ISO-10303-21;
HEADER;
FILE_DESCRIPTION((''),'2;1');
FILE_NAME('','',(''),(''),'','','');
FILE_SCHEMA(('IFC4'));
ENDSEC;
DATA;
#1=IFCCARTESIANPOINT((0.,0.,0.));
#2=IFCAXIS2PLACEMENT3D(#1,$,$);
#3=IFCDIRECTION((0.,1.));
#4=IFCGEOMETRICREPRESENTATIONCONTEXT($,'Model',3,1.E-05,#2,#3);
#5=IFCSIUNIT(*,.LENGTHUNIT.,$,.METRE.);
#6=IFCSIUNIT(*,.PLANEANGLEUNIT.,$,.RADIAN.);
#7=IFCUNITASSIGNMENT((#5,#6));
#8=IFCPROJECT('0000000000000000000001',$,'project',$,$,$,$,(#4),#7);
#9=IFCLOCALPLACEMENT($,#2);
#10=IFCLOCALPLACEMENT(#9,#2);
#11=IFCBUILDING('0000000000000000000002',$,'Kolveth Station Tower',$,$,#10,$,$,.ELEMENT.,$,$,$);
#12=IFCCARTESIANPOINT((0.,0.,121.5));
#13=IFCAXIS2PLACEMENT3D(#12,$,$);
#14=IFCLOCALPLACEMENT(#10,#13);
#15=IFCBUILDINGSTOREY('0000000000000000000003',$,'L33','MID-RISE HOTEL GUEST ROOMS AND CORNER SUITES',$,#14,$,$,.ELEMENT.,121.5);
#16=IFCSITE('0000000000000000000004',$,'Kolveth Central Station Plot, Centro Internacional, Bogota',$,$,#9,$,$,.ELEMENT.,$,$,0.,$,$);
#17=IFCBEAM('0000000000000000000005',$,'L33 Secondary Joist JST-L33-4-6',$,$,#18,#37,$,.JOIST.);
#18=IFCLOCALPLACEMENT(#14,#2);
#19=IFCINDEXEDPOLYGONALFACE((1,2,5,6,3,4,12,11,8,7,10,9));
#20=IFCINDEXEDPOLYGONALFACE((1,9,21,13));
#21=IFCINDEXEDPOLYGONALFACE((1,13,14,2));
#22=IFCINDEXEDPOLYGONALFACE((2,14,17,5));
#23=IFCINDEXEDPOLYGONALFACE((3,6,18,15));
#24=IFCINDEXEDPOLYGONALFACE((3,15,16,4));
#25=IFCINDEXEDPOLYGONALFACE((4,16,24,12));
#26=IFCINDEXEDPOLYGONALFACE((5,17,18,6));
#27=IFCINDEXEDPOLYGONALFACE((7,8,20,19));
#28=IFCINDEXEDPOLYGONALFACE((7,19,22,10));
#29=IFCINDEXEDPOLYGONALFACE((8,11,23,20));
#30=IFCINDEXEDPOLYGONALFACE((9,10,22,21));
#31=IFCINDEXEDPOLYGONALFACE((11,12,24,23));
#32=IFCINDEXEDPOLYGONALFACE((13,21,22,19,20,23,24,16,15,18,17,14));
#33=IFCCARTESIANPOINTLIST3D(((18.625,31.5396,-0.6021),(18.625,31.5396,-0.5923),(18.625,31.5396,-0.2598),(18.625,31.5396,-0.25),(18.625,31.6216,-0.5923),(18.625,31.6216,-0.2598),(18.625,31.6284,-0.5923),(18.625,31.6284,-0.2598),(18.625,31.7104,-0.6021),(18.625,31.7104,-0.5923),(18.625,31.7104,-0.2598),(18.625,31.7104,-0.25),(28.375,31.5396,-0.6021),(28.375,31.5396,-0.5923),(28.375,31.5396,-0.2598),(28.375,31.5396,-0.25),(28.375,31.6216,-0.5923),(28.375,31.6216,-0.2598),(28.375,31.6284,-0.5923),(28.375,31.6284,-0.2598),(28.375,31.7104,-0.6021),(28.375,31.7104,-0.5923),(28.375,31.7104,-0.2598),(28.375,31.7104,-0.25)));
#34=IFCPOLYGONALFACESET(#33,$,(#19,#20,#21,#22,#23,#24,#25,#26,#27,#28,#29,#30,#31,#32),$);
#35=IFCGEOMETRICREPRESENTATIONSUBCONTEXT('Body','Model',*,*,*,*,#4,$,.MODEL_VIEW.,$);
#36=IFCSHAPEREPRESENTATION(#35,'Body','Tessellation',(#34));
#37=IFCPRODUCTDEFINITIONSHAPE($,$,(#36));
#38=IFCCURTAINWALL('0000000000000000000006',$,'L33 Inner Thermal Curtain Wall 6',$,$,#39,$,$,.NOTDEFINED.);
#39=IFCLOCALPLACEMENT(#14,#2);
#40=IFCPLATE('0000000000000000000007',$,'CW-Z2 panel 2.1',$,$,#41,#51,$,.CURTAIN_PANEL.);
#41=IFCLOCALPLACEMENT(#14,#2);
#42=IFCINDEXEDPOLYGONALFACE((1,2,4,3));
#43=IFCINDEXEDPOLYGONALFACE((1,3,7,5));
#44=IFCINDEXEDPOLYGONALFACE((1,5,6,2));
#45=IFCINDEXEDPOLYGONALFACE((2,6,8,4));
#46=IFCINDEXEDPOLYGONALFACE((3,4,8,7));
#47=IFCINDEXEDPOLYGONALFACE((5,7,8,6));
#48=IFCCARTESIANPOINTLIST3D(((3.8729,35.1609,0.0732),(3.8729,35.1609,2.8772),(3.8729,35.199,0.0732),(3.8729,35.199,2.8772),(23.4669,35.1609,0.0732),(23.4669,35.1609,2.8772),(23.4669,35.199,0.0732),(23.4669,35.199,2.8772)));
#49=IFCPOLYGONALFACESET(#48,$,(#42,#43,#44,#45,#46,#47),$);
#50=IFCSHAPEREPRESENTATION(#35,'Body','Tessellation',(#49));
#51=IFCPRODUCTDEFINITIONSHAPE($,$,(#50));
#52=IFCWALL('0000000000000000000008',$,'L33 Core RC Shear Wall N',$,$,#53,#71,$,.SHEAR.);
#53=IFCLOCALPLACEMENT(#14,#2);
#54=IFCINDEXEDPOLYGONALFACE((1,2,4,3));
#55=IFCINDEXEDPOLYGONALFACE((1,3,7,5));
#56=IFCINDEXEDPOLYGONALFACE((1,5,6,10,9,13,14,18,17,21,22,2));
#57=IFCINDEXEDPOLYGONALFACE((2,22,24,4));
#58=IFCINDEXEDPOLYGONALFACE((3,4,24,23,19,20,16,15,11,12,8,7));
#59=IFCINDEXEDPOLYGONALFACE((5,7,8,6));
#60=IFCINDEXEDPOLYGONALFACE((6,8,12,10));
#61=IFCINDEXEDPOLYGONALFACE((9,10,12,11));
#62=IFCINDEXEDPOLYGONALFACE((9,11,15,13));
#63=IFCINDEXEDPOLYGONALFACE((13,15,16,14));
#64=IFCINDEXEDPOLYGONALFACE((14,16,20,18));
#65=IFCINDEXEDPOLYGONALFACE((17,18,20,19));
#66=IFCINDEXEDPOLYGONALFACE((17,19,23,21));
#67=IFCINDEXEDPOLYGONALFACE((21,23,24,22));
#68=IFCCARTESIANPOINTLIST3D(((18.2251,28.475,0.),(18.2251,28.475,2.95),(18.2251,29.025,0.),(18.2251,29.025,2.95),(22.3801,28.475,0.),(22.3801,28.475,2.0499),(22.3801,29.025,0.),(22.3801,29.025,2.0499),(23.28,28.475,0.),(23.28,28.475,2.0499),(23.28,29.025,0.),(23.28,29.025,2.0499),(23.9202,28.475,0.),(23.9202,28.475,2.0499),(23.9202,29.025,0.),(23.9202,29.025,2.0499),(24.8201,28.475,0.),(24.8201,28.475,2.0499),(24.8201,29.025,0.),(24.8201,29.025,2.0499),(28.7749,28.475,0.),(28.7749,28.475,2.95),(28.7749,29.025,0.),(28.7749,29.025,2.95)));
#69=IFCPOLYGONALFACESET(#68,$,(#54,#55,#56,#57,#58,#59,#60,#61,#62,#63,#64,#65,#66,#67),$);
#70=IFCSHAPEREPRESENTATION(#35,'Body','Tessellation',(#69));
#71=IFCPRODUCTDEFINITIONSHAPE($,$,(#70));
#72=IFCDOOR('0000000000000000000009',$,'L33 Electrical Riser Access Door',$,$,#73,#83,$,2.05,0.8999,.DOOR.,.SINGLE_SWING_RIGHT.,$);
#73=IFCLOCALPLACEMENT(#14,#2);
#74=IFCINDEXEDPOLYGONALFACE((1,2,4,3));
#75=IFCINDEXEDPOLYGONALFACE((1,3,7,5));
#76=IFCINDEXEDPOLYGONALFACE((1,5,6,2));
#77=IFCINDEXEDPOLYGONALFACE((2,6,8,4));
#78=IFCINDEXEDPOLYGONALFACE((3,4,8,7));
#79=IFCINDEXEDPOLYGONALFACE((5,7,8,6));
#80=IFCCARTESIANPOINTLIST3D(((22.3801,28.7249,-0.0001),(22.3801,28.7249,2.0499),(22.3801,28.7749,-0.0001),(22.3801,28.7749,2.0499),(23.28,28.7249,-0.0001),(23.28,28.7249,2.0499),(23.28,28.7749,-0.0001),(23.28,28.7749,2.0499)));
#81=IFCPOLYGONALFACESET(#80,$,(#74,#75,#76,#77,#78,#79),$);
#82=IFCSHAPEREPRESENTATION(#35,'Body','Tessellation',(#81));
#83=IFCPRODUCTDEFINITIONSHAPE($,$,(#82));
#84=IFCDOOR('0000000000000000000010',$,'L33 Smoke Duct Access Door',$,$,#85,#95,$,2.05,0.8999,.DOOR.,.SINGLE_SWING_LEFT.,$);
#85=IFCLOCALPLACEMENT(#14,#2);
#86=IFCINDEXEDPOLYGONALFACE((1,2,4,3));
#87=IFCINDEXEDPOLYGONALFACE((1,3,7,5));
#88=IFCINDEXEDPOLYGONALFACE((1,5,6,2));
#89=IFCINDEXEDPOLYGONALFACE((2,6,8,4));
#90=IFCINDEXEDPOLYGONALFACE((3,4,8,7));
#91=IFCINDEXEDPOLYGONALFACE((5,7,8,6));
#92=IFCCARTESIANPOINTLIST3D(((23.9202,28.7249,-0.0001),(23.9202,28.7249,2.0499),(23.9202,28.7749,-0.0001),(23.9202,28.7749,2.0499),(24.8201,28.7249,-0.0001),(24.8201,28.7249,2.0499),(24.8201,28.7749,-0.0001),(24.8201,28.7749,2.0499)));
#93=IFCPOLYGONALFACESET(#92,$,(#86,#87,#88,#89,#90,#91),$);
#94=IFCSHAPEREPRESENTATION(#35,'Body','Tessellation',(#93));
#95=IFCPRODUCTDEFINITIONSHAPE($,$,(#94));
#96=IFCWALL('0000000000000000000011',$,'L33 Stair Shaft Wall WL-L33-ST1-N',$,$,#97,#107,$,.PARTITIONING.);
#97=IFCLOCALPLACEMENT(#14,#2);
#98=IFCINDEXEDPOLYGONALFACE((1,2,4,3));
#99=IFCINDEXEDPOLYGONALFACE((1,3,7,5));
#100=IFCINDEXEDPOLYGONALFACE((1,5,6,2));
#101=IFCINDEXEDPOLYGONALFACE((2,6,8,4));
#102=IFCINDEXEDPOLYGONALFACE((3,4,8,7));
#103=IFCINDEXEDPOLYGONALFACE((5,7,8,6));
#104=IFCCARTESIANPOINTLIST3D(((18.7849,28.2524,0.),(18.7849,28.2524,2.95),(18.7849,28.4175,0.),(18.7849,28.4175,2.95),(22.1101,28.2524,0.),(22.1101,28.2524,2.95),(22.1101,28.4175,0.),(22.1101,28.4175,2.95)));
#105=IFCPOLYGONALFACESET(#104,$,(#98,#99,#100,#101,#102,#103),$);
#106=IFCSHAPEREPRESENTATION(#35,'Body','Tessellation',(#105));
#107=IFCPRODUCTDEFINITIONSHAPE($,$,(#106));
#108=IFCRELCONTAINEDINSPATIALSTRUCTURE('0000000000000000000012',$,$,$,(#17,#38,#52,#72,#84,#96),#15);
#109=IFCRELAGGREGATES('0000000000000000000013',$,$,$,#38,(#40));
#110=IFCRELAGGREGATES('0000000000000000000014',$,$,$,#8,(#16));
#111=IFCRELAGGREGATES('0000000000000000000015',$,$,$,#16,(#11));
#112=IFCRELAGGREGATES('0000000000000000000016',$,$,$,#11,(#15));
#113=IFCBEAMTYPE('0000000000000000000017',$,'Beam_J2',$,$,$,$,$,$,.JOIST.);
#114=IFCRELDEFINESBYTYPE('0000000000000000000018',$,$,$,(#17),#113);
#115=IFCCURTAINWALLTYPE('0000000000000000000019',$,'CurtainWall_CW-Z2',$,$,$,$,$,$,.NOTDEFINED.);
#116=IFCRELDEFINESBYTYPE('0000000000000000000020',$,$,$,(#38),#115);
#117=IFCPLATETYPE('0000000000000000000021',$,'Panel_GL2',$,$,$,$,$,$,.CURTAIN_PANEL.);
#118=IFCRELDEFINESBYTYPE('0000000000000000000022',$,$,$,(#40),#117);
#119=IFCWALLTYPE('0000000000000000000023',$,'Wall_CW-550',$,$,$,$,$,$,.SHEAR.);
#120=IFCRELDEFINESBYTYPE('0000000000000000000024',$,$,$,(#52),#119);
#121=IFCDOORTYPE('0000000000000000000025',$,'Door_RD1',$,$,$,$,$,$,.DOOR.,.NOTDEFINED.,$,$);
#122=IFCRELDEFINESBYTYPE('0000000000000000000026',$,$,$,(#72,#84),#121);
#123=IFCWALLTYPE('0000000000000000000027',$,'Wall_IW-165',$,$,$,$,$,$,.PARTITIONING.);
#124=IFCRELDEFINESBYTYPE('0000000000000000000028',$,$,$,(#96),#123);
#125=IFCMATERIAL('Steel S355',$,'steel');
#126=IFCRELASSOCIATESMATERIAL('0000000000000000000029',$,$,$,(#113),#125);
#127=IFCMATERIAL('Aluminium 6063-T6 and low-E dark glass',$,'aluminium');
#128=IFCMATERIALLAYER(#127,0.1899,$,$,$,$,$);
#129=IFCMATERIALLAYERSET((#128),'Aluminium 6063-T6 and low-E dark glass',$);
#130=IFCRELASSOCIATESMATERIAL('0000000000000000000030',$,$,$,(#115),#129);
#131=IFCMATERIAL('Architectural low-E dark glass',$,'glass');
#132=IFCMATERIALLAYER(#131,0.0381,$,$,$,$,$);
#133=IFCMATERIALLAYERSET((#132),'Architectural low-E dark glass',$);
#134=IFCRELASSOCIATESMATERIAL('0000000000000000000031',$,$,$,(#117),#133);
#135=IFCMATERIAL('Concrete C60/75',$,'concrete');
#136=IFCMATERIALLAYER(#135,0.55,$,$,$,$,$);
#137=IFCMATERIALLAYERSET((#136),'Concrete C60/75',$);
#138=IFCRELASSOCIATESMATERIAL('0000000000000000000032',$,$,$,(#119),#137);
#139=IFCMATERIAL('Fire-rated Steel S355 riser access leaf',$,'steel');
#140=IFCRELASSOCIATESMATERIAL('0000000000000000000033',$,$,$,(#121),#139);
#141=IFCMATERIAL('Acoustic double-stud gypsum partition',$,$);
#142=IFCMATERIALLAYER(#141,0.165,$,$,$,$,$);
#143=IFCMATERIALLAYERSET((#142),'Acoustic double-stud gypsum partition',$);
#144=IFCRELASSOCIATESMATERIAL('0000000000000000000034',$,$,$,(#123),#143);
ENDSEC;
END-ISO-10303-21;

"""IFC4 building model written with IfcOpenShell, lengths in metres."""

from ifc_helpers import new_model, si_unit, direction, frame, frame_2d, origin, origin_2d, place, context, subcontext, project, spatial, rectangle, i_section, extrude, source, transform, mapped, material, layer, layer_set, material_profile, profile_set, type_object, element, fill, aggregate, save


model = new_model("IFC4")

# Units and contexts
model_context = context("Model", 3, precision=1e-05, world=origin(), true_north=direction((0.0, 1.0)))
body_context = subcontext(model_context, "Body", "Model", "MODEL_VIEW")
ifc_project = project(units=[si_unit("LENGTHUNIT", "METRE"), si_unit("PLANEANGLEUNIT", "RADIAN")], contexts=[model_context])

# Site, building, storey
site_placement = place(None, origin())
site = spatial("IfcSite", under=ifc_project, at=site_placement, Name="Kolveth Central Station Plot, Centro Internacional, Bogota", CompositionType="ELEMENT", RefElevation=0.0)
building_placement = place(site_placement, origin())
building = spatial("IfcBuilding", under=site, at=building_placement, Name="Kolveth Station Tower", CompositionType="ELEMENT")
storey_placement = place(building_placement, frame((0.0, 0.0, 121.5)))
storey = spatial("IfcBuildingStorey", under=building, at=storey_placement, Name="L33", Description="MID-RISE HOTEL GUEST ROOMS AND CORNER SUITES", CompositionType="ELEMENT", Elevation=121.5)

# Shared definitions
ifc_material_1 = material(Name="Steel S355", Category="steel")

# Beam
ifc_material_profile_1 = material_profile(ifc_material_1, i_section(OverallWidth=0.1709, OverallDepth=0.3521, WebThickness=0.0068, FlangeThickness=0.0098, at=origin_2d()), Name="W360x44")
ifc_profile_set_1 = profile_set([ifc_material_profile_1], Name="Steel S355")
beam_type_1 = type_object("IfcBeamType", Name="Beam_J2", PredefinedType="JOIST", material=ifc_profile_set_1)
shared_shape_1 = source(origin(), body_context, "Body", "SweptSolid", [
    extrude(i_section(OverallWidth=0.1709, OverallDepth=0.3521, WebThickness=0.0068, FlangeThickness=0.0098, at=origin_2d()), origin(), (0.0, 0.0, 1.0), 9.75),
])
beam_1_placement = place(storey_placement, frame((18.625, 31.625, -0.426), z_axis=(1.0, 0.0, 0.0), x_axis=(0.0, 1.0, 0.0)))
element("IfcBeam", 1, at=beam_1_placement, inside=storey, type_object=beam_type_1, Name="L33 Secondary Joist JST-L33-4-6", PredefinedType="JOIST", context=body_context, shape_type="MappedRepresentation", body=[
    mapped(shared_shape_1, transform((0.0, 0.0, 0.0), x_axis=(1.0, 0.0, 0.0), y_axis=(0.0, 1.0, 0.0), z_axis=(0.0, 0.0, 1.0), scale=1.0)),
])

# Curtain wall, plate
ifc_material_2 = material(Name="Aluminium 6063-T6 and low-E dark glass", Category="aluminium")
ifc_layer_1 = layer(ifc_material_2, 0.1899)
ifc_layer_set_1 = layer_set([ifc_layer_1], Name="Aluminium 6063-T6 and low-E dark glass")
curtain_wall_type = type_object("IfcCurtainWallType", Name="CurtainWall_CW-Z2", PredefinedType="NOTDEFINED", material=ifc_layer_set_1)
curtain_wall_placement = place(storey_placement, origin())
curtain_wall = element("IfcCurtainWall", 2, at=curtain_wall_placement, inside=storey, type_object=curtain_wall_type, Name="L33 Inner Thermal Curtain Wall 6", PredefinedType="NOTDEFINED")
ifc_material_3 = material(Name="Architectural low-E dark glass", Category="glass")
ifc_layer_2 = layer(ifc_material_3, 0.0381)
ifc_layer_set_2 = layer_set([ifc_layer_2], Name="Architectural low-E dark glass")
plate_type = type_object("IfcPlateType", Name="Panel_GL2", PredefinedType="CURTAIN_PANEL", material=ifc_layer_set_2)
shared_shape_2 = source(origin(), body_context, "Body", "SweptSolid", [
    extrude(rectangle(XDim=19.594, YDim=0.0381, at=origin_2d()), origin(), (0.0, 0.0, 1.0), 2.804),
])
plate_placement = place(storey_placement, frame((13.6699, 35.1799, 0.0732), z_axis=(0.0, 0.0, 1.0), x_axis=(-1.0, 0.0, 0.0)))
plate = element("IfcPlate", 3, at=plate_placement, type_object=plate_type, Name="CW-Z2 panel 2.1", PredefinedType="CURTAIN_PANEL", context=body_context, shape_type="MappedRepresentation", body=[
    mapped(shared_shape_2, transform((0.0, 0.0, 0.0), x_axis=(1.0, 0.0, 0.0), y_axis=(0.0, 1.0, 0.0), z_axis=(0.0, 0.0, 1.0), scale=1.0)),
])
aggregate(curtain_wall, [plate])

# Wall, openings, doors
ifc_material_4 = material(Name="Concrete C60/75", Category="concrete")
ifc_layer_3 = layer(ifc_material_4, 0.55)
ifc_layer_set_3 = layer_set([ifc_layer_3], Name="Concrete C60/75")
wall_type_1 = type_object("IfcWallType", Name="Wall_CW-550", PredefinedType="SHEAR", material=ifc_layer_set_3)
wall_1_placement = place(storey_placement, frame((18.2251, 28.75, 0.0), z_axis=(0.0, 0.0, 1.0), x_axis=(1.0, 0.0, 0.0)))
wall_1 = element("IfcWall", 4, at=wall_1_placement, inside=storey, type_object=wall_type_1, Name="L33 Core RC Shear Wall N", PredefinedType="SHEAR", context=body_context, shape_type="SweptSolid", body=[
    extrude(rectangle(XDim=10.5498, YDim=0.55, at=frame_2d((5.2749, 0.0))), origin(), (0.0, 0.0, 1.0), 2.95),
])
opening_1_placement = place(wall_1_placement, frame((4.155, 0.0, 0.0)))
opening_1 = element("IfcOpeningElement", 5, at=opening_1_placement, cuts=wall_1, PredefinedType="OPENING", context=body_context, shape_type="SweptSolid", body=[
    extrude(rectangle(XDim=0.8999, YDim=2.05, at=frame_2d((0.45, 1.0249))), frame((0.0, 0.2849, 0.0), z_axis=(0.0, -1.0, 0.0), x_axis=(1.0, 0.0, 0.0)), (0.0, 0.0, 1.0), 0.5701),
])
opening_2_placement = place(wall_1_placement, frame((5.6951, 0.0, 0.0)))
opening_2 = element("IfcOpeningElement", 6, at=opening_2_placement, cuts=wall_1, PredefinedType="OPENING", context=body_context, shape_type="SweptSolid", body=[
    extrude(rectangle(XDim=0.8999, YDim=2.05, at=frame_2d((0.45, 1.0249))), frame((0.0, 0.2849, 0.0), z_axis=(0.0, -1.0, 0.0), x_axis=(1.0, 0.0, 0.0)), (0.0, 0.0, 1.0), 0.5701),
])
ifc_material_5 = material(Name="Fire-rated Steel S355 riser access leaf", Category="steel")
door_type_1 = type_object("IfcDoorType", Name="Door_RD1", OperationType="NOTDEFINED", PredefinedType="DOOR", material=ifc_material_5)
door_1_placement = place(opening_1_placement, origin())
door_1 = element("IfcDoor", 7, at=door_1_placement, inside=storey, type_object=door_type_1, Name="L33 Electrical Riser Access Door", OperationType="SINGLE_SWING_RIGHT", OverallHeight=2.05, OverallWidth=0.8999, PredefinedType="DOOR", context=body_context, shape_type="SweptSolid", body=[
    extrude(rectangle(XDim=0.8999, YDim=2.05, at=frame_2d((0.45, 1.0249))), frame((0.0, 0.0249, 0.0), z_axis=(0.0, -1.0, 0.0), x_axis=(1.0, 0.0, 0.0)), (0.0, 0.0, 1.0), 0.05),
])
fill(opening_1, door_1)
door_2_placement = place(opening_2_placement, origin())
door_2 = element("IfcDoor", 8, at=door_2_placement, inside=storey, type_object=door_type_1, Name="L33 Smoke Duct Access Door", OperationType="SINGLE_SWING_LEFT", OverallHeight=2.05, OverallWidth=0.8999, PredefinedType="DOOR", context=body_context, shape_type="SweptSolid", body=[
    extrude(rectangle(XDim=0.8999, YDim=2.05, at=frame_2d((0.45, 1.0249))), frame((0.0, 0.0249, 0.0), z_axis=(0.0, -1.0, 0.0), x_axis=(1.0, 0.0, 0.0)), (0.0, 0.0, 1.0), 0.05),
])
fill(opening_2, door_2)

# Wall
ifc_material_6 = material(Name="Acoustic double-stud gypsum partition")
ifc_layer_4 = layer(ifc_material_6, 0.165)
ifc_layer_set_4 = layer_set([ifc_layer_4], Name="Acoustic double-stud gypsum partition")
wall_type_2 = type_object("IfcWallType", Name="Wall_IW-165", PredefinedType="PARTITIONING", material=ifc_layer_set_4)
wall_2_placement = place(storey_placement, frame((18.7849, 28.335, 0.0), z_axis=(0.0, 0.0, 1.0), x_axis=(1.0, 0.0, 0.0)))
element("IfcWall", 9, at=wall_2_placement, inside=storey, type_object=wall_type_2, Name="L33 Stair Shaft Wall WL-L33-ST1-N", PredefinedType="PARTITIONING", context=body_context, shape_type="SweptSolid", body=[
    extrude(rectangle(XDim=3.3252, YDim=0.165, at=frame_2d((1.6626, 0.0))), origin(), (0.0, 0.0, 1.0), 2.95),
])

save(model, "model.ifc")
